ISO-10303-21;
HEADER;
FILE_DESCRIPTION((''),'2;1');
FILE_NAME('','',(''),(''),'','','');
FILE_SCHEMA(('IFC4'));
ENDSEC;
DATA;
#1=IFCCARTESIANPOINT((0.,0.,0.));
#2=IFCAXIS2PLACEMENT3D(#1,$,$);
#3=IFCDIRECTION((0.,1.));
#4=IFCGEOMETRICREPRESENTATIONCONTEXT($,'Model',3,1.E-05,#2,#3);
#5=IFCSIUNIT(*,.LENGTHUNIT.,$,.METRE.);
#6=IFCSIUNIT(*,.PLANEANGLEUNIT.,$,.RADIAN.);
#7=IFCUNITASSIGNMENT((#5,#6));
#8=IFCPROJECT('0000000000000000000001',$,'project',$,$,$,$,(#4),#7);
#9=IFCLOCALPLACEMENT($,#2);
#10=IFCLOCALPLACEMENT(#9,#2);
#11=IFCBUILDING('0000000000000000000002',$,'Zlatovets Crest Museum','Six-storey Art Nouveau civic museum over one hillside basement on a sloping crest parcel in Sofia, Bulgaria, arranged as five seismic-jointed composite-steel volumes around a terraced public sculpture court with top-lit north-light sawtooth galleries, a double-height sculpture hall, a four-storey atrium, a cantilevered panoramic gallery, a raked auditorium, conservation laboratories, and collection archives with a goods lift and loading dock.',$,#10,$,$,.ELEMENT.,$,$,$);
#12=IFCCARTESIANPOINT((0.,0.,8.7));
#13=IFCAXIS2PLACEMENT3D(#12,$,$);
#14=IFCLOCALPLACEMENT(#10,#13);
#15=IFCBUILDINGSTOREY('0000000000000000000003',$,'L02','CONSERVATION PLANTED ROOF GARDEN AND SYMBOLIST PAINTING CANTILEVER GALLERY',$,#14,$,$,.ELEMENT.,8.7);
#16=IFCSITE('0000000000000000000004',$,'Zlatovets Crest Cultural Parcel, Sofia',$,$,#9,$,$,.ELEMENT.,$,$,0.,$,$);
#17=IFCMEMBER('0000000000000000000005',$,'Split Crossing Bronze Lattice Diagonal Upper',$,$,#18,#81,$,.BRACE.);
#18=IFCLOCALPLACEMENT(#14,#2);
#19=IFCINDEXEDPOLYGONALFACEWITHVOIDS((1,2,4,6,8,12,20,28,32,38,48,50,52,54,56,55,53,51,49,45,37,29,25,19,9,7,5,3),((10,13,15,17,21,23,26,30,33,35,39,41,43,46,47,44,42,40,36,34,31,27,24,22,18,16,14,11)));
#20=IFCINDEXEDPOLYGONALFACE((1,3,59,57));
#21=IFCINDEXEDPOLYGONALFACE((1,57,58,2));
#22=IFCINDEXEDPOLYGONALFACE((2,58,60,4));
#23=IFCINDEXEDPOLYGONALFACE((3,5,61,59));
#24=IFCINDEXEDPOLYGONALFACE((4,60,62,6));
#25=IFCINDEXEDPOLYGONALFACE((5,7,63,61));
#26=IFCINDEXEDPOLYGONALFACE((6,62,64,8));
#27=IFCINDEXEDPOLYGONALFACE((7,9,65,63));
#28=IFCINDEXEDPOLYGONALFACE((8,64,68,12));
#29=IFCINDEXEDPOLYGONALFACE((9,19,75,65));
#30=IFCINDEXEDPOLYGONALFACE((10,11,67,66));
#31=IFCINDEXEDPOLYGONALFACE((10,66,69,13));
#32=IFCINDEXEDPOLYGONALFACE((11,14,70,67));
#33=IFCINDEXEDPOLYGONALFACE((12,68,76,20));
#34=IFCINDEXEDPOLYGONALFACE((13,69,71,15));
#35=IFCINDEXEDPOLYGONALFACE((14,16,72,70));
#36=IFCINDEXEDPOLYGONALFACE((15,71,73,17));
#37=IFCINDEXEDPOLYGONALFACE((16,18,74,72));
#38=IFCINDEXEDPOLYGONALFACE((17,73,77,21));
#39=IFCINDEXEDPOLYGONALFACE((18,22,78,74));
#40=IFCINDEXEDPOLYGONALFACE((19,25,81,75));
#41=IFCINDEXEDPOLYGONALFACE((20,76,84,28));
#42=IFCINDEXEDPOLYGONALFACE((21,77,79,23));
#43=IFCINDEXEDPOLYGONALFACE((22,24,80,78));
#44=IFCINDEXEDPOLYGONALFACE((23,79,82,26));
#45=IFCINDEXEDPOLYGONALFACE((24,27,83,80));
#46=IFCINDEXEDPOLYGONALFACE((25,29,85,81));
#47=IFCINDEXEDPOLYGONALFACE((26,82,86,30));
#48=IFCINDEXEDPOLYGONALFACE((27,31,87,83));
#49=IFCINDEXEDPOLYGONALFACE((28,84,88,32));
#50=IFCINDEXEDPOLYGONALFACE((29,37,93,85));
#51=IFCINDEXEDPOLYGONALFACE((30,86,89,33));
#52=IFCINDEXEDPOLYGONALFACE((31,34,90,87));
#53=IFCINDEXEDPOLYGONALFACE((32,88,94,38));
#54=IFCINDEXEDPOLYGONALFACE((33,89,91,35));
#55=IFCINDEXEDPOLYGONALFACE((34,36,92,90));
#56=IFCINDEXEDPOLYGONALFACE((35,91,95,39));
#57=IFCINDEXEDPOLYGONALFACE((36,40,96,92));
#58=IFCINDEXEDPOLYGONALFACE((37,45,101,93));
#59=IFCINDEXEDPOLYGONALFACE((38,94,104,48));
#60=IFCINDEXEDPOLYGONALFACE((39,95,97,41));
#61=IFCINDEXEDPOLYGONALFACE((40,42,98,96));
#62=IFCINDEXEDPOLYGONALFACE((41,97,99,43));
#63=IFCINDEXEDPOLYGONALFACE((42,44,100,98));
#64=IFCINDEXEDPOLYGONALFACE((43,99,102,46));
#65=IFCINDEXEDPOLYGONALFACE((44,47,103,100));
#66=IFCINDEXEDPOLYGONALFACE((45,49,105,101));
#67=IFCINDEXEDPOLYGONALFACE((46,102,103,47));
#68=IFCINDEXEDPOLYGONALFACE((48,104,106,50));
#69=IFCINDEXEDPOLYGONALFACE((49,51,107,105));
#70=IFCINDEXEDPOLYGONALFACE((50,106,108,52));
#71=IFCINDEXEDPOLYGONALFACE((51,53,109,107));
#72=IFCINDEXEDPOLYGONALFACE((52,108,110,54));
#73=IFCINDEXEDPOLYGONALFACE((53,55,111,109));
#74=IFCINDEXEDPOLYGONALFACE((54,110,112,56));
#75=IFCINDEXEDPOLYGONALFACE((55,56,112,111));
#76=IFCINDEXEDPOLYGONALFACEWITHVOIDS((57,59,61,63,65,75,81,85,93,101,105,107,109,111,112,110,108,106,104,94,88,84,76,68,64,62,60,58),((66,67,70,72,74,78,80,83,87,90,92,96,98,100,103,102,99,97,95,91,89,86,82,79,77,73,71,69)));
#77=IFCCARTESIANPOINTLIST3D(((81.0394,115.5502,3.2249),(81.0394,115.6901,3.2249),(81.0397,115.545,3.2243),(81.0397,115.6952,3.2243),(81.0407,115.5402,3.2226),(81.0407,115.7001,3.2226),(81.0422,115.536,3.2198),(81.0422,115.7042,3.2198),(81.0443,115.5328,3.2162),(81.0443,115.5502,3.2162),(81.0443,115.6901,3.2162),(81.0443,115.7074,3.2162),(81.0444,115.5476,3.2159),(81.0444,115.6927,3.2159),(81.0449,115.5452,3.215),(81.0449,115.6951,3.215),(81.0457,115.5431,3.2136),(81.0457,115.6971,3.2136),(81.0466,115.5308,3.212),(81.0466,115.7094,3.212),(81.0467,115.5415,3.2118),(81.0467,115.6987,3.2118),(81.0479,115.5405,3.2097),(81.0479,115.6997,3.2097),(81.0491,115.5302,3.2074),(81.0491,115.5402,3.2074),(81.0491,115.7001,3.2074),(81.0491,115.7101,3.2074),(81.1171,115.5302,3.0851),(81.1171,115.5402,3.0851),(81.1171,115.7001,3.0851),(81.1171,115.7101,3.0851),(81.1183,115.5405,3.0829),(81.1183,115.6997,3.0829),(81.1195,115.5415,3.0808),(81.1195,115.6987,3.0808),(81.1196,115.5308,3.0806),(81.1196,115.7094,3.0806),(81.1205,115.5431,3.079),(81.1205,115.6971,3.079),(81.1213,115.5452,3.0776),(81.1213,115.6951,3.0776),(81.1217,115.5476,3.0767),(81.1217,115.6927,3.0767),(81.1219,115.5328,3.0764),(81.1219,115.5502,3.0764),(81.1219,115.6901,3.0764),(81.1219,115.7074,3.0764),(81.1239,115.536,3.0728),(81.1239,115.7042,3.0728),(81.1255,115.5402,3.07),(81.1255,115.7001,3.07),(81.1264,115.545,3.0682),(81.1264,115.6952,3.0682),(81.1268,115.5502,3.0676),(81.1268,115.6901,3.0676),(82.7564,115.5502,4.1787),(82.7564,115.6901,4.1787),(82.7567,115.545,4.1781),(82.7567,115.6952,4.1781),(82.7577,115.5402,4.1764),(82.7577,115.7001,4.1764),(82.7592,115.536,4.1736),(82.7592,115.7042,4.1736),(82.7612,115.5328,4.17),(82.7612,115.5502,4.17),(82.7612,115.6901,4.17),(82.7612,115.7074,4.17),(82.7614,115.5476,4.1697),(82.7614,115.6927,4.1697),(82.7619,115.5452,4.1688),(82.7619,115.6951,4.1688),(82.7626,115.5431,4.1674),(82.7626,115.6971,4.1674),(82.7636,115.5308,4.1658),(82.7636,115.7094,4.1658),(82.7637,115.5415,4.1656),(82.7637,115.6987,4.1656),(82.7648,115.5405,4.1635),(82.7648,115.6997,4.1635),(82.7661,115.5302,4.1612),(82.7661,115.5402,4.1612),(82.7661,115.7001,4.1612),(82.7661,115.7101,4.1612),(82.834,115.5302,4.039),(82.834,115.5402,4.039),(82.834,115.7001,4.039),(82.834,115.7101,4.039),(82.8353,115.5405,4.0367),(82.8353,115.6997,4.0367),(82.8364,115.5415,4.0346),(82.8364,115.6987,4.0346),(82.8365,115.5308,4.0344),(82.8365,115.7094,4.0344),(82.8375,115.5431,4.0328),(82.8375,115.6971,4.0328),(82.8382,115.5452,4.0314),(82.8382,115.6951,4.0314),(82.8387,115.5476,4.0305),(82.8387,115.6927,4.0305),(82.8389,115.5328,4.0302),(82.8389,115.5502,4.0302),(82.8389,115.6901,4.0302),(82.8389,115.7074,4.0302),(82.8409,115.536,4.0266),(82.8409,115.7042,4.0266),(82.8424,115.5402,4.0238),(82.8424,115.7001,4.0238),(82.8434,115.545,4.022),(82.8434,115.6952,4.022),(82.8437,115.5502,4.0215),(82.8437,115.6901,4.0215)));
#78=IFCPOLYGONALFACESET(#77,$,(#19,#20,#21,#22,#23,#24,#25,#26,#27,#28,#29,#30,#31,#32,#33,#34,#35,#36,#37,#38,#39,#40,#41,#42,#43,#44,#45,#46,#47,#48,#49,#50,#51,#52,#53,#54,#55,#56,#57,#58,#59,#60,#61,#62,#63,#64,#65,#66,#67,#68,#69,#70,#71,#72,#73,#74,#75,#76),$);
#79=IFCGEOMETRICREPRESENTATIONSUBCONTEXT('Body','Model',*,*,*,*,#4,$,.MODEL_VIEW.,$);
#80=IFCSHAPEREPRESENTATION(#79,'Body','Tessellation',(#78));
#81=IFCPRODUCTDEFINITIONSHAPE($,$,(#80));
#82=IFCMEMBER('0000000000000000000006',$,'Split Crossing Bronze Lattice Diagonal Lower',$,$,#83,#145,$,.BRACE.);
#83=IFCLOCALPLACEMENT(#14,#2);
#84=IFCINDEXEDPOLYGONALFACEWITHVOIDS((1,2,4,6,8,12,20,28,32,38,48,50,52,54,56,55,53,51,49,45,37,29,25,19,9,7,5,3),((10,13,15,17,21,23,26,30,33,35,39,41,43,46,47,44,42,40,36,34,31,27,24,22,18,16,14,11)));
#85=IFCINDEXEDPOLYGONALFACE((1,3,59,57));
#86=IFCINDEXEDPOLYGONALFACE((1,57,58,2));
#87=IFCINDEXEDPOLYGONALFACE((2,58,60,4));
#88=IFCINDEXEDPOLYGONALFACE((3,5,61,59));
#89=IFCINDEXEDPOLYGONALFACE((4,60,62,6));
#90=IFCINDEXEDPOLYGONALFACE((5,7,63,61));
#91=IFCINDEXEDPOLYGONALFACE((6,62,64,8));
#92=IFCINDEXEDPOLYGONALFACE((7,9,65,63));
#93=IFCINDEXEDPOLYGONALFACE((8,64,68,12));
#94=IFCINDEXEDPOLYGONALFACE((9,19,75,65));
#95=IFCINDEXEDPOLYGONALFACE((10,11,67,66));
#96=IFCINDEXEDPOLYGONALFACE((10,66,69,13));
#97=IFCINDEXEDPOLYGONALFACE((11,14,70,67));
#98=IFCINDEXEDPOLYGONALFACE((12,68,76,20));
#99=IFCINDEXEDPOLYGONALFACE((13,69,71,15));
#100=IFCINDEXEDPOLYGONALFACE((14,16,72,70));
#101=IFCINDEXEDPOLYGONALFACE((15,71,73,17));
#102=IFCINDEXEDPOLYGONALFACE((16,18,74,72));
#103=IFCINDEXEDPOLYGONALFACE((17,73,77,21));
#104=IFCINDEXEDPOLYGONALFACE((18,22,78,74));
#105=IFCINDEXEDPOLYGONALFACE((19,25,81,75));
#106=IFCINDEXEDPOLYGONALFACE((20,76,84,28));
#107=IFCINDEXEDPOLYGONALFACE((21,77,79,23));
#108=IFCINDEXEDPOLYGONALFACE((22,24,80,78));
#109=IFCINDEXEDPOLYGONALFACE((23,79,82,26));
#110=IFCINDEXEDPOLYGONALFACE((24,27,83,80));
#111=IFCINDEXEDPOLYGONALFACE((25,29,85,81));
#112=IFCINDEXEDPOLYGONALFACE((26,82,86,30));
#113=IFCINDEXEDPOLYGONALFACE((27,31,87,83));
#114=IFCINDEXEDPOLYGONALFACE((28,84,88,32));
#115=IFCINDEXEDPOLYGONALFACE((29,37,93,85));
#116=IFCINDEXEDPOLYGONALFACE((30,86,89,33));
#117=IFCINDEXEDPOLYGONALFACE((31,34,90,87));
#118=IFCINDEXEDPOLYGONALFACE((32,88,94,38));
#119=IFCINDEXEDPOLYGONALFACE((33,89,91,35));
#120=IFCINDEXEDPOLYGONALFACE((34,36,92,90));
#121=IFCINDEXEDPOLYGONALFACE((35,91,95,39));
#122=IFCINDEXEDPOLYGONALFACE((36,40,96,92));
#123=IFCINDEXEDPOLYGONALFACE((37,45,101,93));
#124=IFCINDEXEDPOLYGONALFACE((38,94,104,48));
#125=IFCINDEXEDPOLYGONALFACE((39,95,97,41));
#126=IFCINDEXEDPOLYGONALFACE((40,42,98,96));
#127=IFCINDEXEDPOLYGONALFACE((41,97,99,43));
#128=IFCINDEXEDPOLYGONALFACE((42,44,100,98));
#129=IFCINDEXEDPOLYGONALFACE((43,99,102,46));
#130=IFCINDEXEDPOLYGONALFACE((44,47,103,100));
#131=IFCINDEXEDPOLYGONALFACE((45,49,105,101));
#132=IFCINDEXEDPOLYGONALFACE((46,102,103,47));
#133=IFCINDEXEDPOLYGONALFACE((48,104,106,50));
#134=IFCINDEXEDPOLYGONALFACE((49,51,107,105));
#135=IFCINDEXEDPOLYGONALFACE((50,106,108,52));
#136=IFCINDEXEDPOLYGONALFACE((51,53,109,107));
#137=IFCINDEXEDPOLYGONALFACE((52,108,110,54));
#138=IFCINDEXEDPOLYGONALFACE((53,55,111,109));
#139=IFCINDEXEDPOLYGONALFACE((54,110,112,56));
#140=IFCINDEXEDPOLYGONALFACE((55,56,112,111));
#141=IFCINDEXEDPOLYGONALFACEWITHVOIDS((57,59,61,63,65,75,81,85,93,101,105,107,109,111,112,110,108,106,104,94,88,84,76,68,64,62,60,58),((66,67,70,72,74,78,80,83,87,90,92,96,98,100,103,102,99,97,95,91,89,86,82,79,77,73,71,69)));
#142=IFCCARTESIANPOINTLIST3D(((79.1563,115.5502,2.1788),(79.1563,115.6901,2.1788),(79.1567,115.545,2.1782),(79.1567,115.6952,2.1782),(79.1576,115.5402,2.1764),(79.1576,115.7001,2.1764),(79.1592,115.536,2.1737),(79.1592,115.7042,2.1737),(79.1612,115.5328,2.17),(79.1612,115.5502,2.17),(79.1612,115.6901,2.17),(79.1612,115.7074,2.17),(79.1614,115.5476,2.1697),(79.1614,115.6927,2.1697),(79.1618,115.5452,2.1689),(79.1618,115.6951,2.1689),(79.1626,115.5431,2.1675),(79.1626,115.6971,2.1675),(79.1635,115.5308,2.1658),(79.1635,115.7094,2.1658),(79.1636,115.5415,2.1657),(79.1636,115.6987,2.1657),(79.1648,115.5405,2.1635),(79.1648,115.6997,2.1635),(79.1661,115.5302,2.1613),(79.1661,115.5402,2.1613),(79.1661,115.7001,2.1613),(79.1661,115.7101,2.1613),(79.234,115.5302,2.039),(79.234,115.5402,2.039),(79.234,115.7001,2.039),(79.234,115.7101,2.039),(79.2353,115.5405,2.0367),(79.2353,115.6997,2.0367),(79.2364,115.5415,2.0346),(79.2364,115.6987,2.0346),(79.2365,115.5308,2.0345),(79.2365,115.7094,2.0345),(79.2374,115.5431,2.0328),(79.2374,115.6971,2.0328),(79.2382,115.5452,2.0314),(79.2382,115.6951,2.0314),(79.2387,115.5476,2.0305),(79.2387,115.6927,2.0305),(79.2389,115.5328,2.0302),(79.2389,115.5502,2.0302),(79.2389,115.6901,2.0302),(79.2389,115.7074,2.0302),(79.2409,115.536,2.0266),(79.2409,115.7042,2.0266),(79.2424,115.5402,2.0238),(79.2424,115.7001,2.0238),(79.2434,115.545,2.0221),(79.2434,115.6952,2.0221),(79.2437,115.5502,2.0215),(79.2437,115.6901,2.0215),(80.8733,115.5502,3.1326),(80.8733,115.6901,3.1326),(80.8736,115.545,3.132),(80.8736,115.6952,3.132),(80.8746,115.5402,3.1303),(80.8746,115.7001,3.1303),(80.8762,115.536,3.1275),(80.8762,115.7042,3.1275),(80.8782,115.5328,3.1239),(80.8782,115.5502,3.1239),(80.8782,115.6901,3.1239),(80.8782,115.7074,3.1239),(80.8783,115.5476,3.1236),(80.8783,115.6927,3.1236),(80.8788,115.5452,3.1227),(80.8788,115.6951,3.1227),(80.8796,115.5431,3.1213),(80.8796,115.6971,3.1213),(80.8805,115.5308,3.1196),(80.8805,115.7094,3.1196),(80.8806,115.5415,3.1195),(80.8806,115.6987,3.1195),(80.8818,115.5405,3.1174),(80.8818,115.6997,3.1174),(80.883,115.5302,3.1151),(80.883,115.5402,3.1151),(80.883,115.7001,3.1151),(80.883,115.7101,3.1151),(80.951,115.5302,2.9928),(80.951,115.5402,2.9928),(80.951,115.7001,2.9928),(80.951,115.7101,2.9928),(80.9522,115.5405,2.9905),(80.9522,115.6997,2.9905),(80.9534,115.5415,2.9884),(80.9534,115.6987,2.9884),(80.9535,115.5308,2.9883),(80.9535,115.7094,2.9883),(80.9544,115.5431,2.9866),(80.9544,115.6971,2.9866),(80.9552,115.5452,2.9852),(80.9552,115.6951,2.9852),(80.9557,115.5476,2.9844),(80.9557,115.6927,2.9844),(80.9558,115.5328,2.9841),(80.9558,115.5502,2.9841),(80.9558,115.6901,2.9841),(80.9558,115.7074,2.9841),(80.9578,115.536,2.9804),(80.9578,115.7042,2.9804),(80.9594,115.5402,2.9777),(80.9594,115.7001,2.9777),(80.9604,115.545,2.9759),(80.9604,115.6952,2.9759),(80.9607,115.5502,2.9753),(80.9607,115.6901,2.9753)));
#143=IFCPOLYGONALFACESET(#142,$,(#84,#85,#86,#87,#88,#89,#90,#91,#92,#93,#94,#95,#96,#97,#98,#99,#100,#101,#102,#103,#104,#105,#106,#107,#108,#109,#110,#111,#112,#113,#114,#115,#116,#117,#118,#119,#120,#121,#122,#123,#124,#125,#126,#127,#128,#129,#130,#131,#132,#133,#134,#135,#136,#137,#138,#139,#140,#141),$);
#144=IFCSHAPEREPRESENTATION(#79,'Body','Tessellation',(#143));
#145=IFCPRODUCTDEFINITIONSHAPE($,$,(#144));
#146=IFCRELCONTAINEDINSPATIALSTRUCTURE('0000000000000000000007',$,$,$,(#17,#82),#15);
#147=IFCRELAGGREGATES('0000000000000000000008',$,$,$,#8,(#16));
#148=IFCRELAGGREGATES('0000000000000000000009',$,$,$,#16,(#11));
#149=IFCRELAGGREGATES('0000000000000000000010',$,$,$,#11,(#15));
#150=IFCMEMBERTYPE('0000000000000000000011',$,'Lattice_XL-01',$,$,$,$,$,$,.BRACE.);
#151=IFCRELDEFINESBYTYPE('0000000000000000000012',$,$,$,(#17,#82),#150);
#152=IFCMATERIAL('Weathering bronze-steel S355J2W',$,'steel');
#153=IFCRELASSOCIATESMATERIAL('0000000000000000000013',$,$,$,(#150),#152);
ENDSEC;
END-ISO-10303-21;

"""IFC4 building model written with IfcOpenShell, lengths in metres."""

from ifc_helpers import new_model, si_unit, direction, frame, origin, origin_2d, place, context, subcontext, project, spatial, hollow_rectangle, extrude, material, material_profile, profile_set, type_object, element, save


model = new_model("IFC4")

# Units and contexts
model_context = context("Model", 3, precision=1e-05, world=origin(), true_north=direction((0.0, 1.0)))
body_context = subcontext(model_context, "Body", "Model", "MODEL_VIEW")
ifc_project = project(units=[si_unit("LENGTHUNIT", "METRE"), si_unit("PLANEANGLEUNIT", "RADIAN")], contexts=[model_context])

# Site, building, storey
site_placement = place(None, origin())
site = spatial("IfcSite", under=ifc_project, at=site_placement, Name="Zlatovets Crest Cultural Parcel, Sofia", CompositionType="ELEMENT", RefElevation=0.0)
building_placement = place(site_placement, origin())
building = spatial("IfcBuilding", under=site, at=building_placement, Name="Zlatovets Crest Museum", Description="Six-storey Art Nouveau civic museum over one hillside basement on a sloping crest parcel in Sofia, Bulgaria, arranged as five seismic-jointed composite-steel volumes around a terraced public sculpture court with top-lit north-light sawtooth galleries, a double-height sculpture hall, a four-storey atrium, a cantilevered panoramic gallery, a raked auditorium, conservation laboratories, and collection archives with a goods lift and loading dock.", CompositionType="ELEMENT")
storey_placement = place(building_placement, frame((0.0, 0.0, 8.7)))
storey = spatial("IfcBuildingStorey", under=building, at=storey_placement, Name="L02", Description="CONSERVATION PLANTED ROOF GARDEN AND SYMBOLIST PAINTING CANTILEVER GALLERY", CompositionType="ELEMENT", Elevation=8.7)

# Members
ifc_material_1 = material(Name="Weathering bronze-steel S355J2W", Category="steel")
ifc_material_profile_1 = material_profile(ifc_material_1, hollow_rectangle(XDim=0.1799, YDim=0.1799, WallThickness=0.01, InnerFilletRadius=0.01, OuterFilletRadius=0.02, at=origin_2d()), Name="SHS 180x180x10.0")
ifc_profile_set_1 = profile_set([ifc_material_profile_1], Name="Weathering bronze-steel S355J2W")
member_type_1 = type_object("IfcMemberType", Name="Lattice_XL-01", PredefinedType="BRACE", material=ifc_profile_set_1)
for number, where, z_axis, x_axis, name in (
    (1, (82.8, 115.6201, 4.1001), (-0.874169, 0.0, -0.485622), (0.0, -1.0, 0.0), "Split Crossing Bronze Lattice Diagonal Upper"),
    (2, (80.917, 115.6201, 3.054), (-0.874169, 0.0, -0.485622), (0.0, -1.0, 0.0), "Split Crossing Bronze Lattice Diagonal Lower"),
):
    element("IfcMember", number, at=place(storey_placement, frame(where, z_axis=z_axis, x_axis=x_axis)), inside=storey, type_object=member_type_1, Name=name, PredefinedType="BRACE", context=body_context, shape_type="SweptSolid", body=[
        extrude(hollow_rectangle(XDim=0.1799, YDim=0.1799, WallThickness=0.01, InnerFilletRadius=0.01, OuterFilletRadius=0.02, at=origin_2d()), origin(), (0.0, 0.0, 1.0), 1.9641),
    ])

save(model, "model.ifc")
